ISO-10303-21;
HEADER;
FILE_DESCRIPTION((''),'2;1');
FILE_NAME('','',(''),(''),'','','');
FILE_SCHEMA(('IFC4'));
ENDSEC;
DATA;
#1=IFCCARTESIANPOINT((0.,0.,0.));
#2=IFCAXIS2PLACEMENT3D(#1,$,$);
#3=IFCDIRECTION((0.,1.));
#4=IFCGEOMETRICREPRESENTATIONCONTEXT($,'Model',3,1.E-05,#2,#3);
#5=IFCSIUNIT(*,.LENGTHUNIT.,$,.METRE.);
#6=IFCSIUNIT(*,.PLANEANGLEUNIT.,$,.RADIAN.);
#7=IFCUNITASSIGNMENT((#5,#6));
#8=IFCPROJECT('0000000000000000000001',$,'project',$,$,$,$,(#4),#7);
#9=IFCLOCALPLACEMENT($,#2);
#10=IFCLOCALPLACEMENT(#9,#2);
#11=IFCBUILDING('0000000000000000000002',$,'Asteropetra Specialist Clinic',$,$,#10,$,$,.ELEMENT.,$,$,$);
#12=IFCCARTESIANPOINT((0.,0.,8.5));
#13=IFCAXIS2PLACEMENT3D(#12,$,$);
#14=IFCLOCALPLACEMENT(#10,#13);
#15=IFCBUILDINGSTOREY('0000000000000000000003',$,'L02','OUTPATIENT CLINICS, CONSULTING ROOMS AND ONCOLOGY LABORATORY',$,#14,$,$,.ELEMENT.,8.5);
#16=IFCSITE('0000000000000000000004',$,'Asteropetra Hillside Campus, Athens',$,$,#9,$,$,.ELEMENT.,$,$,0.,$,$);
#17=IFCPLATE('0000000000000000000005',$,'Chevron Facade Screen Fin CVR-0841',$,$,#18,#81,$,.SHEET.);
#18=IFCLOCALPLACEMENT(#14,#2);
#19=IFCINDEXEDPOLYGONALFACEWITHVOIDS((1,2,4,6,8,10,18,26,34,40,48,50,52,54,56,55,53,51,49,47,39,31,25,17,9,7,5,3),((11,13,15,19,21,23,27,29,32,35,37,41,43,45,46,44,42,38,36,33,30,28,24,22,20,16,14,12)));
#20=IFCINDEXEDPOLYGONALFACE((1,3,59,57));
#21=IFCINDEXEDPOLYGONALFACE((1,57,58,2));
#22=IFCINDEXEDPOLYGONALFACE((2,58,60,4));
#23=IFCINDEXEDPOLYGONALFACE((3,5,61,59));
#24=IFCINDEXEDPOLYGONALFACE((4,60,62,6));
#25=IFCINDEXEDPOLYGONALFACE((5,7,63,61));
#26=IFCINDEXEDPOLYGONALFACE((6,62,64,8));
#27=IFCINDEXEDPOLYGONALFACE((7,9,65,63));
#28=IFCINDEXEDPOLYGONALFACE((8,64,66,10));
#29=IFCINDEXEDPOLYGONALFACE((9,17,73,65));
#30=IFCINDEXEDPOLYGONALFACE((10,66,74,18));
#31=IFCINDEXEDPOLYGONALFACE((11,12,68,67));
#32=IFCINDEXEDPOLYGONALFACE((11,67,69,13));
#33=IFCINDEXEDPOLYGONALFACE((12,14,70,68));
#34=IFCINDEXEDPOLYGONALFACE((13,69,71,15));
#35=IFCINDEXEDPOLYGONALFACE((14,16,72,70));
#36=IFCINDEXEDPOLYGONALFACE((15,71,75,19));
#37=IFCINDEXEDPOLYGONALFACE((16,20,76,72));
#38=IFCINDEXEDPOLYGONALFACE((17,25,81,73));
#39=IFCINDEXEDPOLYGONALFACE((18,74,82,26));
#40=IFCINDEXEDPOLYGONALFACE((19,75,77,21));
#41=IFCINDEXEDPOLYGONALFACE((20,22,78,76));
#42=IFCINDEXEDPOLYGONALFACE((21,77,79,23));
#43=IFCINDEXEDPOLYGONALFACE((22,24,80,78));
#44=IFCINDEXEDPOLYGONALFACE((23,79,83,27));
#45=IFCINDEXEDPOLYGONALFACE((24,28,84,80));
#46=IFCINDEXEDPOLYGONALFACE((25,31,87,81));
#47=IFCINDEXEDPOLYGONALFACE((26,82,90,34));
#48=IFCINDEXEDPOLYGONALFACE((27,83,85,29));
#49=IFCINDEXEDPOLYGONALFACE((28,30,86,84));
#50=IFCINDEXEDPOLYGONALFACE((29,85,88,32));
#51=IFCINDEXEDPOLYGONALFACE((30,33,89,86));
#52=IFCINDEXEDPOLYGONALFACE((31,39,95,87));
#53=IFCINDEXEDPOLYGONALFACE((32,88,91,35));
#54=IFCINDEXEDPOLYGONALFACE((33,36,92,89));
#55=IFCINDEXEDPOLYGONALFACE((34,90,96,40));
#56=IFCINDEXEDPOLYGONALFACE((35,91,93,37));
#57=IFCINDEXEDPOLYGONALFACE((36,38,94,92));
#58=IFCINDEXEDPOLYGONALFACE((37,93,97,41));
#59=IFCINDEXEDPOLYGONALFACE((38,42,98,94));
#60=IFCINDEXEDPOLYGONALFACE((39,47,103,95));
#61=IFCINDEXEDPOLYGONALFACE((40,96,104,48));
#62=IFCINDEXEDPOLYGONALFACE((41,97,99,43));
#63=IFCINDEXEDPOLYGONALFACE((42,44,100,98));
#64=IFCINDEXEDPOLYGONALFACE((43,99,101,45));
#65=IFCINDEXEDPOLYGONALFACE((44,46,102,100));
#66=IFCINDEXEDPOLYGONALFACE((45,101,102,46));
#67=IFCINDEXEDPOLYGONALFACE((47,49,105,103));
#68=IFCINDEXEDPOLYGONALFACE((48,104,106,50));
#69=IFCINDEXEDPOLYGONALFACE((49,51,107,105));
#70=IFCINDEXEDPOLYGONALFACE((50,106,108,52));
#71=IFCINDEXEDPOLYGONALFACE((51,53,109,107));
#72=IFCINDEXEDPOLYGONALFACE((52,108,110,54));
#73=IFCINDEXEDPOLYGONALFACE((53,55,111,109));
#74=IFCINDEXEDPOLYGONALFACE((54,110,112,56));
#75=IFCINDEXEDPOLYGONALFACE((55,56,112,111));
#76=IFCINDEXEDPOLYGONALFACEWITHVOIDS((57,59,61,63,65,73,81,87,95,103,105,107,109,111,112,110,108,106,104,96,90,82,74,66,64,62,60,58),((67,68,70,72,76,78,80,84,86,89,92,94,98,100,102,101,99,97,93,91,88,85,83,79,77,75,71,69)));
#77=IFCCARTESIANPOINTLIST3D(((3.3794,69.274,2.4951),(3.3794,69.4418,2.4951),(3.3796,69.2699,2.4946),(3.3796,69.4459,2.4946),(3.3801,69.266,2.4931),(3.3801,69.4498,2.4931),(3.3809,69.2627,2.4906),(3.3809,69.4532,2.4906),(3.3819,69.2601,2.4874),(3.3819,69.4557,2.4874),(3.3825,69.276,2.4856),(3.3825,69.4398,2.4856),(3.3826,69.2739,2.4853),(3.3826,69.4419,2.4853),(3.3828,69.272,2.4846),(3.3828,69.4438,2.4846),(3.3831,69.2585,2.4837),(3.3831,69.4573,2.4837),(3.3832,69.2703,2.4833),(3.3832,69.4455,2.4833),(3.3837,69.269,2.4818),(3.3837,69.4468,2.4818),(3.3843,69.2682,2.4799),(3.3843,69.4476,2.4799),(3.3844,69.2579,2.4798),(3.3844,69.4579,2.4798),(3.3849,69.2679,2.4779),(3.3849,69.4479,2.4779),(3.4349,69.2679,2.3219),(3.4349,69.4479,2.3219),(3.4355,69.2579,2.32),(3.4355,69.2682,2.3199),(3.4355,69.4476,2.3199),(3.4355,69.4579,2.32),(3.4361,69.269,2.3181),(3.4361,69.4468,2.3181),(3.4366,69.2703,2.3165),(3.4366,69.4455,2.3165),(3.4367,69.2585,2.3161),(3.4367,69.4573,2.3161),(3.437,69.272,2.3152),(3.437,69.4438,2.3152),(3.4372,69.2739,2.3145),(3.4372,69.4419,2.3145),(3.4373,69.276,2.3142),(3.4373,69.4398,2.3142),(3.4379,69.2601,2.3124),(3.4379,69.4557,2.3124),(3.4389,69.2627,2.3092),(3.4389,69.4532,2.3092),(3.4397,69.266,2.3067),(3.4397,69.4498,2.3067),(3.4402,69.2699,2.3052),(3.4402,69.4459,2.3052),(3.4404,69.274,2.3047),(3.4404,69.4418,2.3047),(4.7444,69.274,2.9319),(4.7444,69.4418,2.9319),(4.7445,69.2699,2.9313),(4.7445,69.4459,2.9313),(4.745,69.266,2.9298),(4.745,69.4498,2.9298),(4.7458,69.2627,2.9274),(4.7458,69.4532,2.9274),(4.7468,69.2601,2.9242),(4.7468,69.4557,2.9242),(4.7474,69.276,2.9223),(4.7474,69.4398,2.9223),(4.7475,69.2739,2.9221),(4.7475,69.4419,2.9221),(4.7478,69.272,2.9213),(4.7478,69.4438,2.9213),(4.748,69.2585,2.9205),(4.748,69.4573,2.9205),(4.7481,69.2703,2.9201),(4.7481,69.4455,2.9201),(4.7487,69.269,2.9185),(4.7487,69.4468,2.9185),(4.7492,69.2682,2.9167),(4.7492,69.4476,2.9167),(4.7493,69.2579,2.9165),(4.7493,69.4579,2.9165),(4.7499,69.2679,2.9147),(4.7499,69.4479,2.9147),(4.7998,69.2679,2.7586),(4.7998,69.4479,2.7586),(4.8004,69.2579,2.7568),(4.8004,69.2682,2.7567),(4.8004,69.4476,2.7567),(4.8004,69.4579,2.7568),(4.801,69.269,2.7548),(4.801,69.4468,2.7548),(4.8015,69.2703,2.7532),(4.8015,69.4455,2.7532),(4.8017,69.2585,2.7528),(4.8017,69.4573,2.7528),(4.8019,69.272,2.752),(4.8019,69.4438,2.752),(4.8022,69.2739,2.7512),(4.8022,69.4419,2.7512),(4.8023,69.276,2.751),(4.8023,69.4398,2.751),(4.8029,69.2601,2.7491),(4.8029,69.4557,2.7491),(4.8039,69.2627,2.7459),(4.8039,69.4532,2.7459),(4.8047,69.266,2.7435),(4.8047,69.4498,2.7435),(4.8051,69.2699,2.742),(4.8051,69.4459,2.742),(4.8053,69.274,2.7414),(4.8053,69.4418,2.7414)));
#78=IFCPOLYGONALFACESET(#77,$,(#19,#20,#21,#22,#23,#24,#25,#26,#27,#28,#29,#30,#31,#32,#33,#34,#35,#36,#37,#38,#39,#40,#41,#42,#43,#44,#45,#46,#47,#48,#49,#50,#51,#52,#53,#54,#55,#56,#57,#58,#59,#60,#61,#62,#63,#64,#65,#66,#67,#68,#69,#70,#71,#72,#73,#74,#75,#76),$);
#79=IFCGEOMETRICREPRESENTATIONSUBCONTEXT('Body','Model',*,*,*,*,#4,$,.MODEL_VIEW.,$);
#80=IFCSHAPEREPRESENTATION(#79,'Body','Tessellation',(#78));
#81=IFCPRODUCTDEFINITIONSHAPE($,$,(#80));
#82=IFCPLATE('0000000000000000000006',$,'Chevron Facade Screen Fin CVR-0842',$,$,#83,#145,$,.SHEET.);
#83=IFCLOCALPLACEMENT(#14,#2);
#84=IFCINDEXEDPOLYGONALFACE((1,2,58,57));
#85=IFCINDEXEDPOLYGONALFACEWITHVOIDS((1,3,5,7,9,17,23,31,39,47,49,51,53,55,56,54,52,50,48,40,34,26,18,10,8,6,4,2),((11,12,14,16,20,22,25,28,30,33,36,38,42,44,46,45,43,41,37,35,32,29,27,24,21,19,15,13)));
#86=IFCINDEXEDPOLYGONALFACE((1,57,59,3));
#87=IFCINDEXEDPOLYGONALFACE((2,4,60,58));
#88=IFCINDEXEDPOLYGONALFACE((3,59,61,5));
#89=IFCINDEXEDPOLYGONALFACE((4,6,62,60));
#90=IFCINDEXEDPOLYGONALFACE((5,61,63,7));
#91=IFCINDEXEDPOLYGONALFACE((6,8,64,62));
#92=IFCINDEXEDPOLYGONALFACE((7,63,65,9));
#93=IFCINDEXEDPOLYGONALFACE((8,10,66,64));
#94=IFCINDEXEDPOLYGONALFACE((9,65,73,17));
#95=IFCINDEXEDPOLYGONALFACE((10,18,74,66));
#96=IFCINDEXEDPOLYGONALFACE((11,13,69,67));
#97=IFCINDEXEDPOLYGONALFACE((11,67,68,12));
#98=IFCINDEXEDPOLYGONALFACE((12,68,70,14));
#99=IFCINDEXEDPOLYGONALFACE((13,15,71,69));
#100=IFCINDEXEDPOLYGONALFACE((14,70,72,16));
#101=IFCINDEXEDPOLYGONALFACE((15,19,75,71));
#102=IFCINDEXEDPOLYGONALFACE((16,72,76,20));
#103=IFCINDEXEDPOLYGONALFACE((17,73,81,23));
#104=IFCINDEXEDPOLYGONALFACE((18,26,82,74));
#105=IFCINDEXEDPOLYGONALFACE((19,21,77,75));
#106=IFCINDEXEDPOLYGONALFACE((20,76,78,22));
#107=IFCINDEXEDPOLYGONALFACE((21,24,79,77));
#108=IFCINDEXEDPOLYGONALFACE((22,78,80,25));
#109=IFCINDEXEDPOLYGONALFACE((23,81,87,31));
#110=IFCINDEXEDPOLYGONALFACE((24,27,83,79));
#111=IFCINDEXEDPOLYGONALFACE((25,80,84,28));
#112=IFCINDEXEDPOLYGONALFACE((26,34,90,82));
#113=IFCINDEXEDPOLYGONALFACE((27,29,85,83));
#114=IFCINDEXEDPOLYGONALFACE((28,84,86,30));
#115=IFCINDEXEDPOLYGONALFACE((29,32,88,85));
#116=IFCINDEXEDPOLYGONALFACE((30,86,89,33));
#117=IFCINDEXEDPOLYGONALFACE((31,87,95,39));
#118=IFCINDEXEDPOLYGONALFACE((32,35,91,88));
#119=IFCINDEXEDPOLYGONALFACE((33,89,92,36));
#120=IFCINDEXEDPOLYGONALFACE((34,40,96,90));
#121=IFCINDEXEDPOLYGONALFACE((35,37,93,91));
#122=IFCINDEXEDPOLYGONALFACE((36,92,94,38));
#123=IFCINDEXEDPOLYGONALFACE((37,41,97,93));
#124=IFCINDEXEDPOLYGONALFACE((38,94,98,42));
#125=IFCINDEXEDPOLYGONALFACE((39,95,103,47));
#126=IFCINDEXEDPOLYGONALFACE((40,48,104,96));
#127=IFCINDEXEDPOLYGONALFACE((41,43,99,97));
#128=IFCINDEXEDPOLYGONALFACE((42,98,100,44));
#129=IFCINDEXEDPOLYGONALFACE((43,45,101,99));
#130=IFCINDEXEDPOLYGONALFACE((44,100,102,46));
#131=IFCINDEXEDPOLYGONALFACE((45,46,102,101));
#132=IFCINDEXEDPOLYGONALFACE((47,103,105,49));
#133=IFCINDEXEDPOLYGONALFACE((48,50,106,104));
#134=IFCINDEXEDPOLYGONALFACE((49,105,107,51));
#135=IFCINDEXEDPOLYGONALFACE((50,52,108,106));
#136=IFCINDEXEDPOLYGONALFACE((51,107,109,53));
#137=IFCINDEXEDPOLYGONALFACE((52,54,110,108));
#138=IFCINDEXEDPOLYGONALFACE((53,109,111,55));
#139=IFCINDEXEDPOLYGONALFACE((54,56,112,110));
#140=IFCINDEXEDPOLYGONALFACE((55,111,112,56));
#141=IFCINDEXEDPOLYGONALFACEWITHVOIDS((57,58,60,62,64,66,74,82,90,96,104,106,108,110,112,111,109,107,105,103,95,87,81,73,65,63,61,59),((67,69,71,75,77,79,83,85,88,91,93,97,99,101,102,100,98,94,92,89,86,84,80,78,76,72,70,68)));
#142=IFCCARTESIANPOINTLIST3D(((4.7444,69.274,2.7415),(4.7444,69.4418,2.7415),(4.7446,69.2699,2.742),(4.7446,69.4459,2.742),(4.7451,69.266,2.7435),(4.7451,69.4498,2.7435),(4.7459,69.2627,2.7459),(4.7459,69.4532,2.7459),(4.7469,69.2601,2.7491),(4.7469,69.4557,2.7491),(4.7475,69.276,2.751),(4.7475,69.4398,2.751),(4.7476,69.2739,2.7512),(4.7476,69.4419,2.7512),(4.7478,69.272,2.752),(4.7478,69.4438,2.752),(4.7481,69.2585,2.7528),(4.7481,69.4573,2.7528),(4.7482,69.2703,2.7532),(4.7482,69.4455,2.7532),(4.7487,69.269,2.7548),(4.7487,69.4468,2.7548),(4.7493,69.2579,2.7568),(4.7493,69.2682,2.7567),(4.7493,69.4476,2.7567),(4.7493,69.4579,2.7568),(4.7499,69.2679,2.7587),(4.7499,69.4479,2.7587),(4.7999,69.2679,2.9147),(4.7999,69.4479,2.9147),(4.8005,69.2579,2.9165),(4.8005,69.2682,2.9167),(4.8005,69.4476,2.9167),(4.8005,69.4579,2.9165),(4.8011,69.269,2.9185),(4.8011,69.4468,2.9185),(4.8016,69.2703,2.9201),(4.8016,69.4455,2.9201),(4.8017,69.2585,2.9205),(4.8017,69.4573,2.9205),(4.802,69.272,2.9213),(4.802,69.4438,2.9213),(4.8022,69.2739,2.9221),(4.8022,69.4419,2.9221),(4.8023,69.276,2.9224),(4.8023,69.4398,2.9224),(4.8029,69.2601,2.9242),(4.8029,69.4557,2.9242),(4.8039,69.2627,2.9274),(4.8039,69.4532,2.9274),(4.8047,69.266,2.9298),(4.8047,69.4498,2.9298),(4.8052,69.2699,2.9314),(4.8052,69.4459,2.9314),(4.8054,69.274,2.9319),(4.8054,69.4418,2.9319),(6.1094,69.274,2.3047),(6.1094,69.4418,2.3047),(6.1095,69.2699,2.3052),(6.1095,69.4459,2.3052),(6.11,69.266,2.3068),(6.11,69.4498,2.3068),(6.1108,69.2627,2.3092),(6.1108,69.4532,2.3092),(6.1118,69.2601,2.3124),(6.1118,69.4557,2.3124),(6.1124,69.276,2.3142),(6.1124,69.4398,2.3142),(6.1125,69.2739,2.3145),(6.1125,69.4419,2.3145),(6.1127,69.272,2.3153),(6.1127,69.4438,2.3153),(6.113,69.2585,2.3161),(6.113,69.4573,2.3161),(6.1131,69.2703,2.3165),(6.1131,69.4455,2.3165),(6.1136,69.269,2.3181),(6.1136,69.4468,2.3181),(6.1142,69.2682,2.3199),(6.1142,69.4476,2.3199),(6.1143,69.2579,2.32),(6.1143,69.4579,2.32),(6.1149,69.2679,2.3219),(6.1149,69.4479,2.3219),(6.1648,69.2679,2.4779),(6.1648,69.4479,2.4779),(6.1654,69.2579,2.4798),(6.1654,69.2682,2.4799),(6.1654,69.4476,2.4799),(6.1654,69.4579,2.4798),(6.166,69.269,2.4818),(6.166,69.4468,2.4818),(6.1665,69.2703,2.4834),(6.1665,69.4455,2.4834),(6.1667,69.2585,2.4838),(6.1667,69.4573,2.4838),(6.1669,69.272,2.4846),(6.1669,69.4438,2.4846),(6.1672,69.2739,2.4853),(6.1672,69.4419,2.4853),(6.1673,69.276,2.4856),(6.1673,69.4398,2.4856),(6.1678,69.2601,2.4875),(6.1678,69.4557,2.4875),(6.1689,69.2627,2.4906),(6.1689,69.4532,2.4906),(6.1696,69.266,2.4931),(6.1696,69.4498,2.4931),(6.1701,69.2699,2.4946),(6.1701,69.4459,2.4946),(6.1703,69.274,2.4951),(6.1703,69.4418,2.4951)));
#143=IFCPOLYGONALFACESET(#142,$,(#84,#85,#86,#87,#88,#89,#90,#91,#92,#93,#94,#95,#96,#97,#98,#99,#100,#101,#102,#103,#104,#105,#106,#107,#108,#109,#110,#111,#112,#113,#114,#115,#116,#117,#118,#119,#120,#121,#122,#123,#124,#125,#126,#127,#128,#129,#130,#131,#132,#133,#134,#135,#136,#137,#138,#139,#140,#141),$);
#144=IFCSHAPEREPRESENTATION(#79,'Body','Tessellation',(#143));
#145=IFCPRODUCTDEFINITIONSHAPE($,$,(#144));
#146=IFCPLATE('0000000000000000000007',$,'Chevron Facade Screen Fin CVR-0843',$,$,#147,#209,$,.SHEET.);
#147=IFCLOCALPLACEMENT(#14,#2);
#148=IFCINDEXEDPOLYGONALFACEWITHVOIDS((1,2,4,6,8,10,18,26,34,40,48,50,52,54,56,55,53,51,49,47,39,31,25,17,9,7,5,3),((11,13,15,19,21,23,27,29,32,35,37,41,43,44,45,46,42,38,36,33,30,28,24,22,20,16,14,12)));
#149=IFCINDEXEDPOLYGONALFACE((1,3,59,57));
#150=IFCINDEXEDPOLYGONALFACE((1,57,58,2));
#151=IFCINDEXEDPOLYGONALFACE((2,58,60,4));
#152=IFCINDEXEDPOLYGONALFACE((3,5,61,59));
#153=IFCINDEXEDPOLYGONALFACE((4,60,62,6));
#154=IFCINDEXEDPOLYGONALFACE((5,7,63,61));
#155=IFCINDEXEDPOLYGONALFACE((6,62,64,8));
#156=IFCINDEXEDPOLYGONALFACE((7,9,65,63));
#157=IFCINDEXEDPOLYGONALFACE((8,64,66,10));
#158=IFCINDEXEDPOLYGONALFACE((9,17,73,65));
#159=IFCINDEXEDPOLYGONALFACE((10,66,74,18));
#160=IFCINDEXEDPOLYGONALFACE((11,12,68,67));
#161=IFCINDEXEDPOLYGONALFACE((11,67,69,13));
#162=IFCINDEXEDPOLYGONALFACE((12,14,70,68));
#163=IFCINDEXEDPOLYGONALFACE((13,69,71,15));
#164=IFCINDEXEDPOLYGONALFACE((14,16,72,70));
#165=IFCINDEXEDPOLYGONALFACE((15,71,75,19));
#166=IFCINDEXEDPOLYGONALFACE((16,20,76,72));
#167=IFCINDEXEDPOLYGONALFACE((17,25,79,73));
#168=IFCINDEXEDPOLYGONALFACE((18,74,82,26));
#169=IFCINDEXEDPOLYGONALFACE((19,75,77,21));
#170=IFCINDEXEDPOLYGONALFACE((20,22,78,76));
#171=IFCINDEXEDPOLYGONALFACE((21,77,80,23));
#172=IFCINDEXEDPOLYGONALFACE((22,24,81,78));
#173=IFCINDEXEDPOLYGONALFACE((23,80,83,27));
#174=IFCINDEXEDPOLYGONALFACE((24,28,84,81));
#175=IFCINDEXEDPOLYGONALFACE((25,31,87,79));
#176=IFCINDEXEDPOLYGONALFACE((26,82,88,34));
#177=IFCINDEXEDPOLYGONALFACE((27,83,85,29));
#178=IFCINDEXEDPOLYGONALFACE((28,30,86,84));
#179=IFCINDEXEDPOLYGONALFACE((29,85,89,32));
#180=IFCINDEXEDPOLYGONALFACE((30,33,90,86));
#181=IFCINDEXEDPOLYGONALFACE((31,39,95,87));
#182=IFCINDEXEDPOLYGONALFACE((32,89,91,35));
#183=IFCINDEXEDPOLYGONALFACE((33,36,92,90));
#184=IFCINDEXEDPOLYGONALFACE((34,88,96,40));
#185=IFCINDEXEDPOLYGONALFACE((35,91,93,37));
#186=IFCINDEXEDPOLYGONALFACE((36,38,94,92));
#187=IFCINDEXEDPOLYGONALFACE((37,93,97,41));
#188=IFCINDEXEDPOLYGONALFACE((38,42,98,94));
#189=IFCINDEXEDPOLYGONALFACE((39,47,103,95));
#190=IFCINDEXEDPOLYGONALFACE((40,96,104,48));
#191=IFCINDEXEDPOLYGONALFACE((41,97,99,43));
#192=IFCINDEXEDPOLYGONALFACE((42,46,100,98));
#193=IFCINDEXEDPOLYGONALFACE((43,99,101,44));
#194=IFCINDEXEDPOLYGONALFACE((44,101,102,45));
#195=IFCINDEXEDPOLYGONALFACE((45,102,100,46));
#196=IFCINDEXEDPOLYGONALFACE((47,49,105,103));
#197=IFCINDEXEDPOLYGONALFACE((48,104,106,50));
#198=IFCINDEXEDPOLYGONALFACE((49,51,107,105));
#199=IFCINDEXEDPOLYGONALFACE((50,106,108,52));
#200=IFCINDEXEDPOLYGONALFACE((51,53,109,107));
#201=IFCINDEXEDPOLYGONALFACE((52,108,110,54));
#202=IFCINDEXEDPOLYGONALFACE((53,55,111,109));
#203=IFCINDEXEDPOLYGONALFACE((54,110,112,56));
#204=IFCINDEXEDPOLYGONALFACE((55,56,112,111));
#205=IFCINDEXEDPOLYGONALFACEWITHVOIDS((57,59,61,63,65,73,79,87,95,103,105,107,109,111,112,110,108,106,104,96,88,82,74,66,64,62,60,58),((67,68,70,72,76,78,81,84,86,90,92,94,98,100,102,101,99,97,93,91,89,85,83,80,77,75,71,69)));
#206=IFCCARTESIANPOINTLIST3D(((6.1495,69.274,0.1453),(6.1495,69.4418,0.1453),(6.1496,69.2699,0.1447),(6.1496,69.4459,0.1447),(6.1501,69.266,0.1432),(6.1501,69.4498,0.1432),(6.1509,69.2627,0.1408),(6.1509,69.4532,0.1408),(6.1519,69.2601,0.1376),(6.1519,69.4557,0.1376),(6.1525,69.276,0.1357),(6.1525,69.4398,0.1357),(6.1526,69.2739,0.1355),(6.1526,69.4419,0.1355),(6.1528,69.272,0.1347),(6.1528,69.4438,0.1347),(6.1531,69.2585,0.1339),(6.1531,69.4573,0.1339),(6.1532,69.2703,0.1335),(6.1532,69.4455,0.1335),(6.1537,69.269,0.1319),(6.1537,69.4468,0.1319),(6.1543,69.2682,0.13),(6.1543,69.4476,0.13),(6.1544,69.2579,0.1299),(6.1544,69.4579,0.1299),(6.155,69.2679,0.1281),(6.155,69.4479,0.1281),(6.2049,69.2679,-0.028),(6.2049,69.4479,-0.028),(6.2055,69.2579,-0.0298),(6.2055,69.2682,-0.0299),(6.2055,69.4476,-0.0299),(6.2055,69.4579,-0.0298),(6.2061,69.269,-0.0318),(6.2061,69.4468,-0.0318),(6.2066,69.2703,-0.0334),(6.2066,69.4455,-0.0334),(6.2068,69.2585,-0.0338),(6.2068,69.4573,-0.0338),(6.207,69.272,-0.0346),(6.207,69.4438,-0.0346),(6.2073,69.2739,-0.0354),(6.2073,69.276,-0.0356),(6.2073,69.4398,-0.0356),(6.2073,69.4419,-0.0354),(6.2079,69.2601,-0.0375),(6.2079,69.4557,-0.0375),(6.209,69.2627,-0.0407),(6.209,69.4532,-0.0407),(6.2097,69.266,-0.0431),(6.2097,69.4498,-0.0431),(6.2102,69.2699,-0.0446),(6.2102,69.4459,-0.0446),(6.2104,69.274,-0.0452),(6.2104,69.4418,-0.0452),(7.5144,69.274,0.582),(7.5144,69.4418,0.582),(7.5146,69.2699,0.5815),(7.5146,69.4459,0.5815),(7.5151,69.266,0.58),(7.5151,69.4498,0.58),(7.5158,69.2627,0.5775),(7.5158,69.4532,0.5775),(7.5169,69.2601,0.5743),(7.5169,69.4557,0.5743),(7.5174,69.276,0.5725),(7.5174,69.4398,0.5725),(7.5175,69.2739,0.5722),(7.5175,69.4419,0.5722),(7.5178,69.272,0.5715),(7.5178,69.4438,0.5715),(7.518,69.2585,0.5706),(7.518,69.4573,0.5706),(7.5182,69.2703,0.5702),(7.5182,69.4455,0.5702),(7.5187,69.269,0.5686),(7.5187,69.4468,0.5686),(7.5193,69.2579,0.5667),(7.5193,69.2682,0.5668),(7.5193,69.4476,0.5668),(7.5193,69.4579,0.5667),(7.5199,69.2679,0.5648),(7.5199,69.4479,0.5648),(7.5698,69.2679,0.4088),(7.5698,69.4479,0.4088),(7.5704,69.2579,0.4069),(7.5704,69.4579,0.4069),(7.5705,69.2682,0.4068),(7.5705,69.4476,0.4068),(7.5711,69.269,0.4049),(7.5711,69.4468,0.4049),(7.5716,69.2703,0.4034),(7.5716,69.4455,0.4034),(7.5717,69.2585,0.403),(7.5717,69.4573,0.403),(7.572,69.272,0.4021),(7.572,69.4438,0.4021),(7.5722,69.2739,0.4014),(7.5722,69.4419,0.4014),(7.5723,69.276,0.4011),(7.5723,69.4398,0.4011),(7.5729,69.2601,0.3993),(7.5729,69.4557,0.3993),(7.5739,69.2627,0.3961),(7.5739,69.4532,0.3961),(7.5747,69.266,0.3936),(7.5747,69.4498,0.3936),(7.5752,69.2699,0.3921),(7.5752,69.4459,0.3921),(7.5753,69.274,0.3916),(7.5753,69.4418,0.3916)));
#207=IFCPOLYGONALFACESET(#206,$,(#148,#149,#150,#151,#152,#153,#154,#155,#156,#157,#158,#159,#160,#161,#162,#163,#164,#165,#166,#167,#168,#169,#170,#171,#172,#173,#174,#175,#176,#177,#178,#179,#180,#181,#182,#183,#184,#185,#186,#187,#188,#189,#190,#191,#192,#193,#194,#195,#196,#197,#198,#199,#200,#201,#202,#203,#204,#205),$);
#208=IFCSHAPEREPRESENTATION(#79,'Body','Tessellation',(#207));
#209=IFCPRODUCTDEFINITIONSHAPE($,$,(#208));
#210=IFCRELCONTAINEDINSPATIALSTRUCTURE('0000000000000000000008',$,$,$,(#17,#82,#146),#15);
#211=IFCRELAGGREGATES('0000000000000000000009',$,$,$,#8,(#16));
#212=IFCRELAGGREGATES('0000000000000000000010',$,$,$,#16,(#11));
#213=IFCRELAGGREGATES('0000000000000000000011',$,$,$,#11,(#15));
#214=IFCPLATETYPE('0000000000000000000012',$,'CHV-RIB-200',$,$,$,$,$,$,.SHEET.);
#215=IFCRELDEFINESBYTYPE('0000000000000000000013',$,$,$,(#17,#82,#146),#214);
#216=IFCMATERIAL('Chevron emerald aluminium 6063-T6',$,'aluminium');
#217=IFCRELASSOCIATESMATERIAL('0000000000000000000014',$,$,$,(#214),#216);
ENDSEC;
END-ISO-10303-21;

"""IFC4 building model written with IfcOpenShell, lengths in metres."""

from ifc_helpers import new_model, si_unit, direction, frame, origin, origin_2d, place, context, subcontext, project, spatial, hollow_rectangle, extrude, material, material_profile, profile_set, type_object, element, save


model = new_model("IFC4")

# Units and contexts
model_context = context("Model", 3, precision=1e-05, world=origin(), true_north=direction((0.0, 1.0)))
body_context = subcontext(model_context, "Body", "Model", "MODEL_VIEW")
ifc_project = project(units=[si_unit("LENGTHUNIT", "METRE"), si_unit("PLANEANGLEUNIT", "RADIAN")], contexts=[model_context])

# Site, building, storey
site_placement = place(None, origin())
site = spatial("IfcSite", under=ifc_project, at=site_placement, Name="Asteropetra Hillside Campus, Athens", CompositionType="ELEMENT", RefElevation=0.0)
building_placement = place(site_placement, origin())
building = spatial("IfcBuilding", under=site, at=building_placement, Name="Asteropetra Specialist Clinic", CompositionType="ELEMENT")
storey_placement = place(building_placement, frame((0.0, 0.0, 8.5)))
storey = spatial("IfcBuildingStorey", under=building, at=storey_placement, Name="L02", Description="OUTPATIENT CLINICS, CONSULTING ROOMS AND ONCOLOGY LABORATORY", CompositionType="ELEMENT", Elevation=8.5)

# Plates
ifc_material_1 = material(Name="Chevron emerald aluminium 6063-T6", Category="aluminium")
ifc_material_profile_1 = material_profile(ifc_material_1, hollow_rectangle(XDim=0.2, YDim=0.2, WallThickness=0.01, InnerFilletRadius=0.0081, OuterFilletRadius=0.0161, at=origin_2d()), Name="SHS 200x200x10.0")
ifc_profile_set_1 = profile_set([ifc_material_profile_1], Name="Chevron emerald aluminium 6063-T6")
plate_type_1 = type_object("IfcPlateType", Name="CHV-RIB-200", PredefinedType="SHEET", material=ifc_profile_set_1)
for number, where, z_axis, x_axis, name in (
    (1, (3.4099, 69.3579, 2.3999), (0.95243, 0.0, 0.304757), (0.0, 1.0, 0.0), "Chevron Facade Screen Fin CVR-0841"),
    (2, (4.7749, 69.3579, 2.8367), (0.95243, 0.0, -0.304757), (0.0, 1.0, 0.0), "Chevron Facade Screen Fin CVR-0842"),
    (3, (6.1799, 69.3579, 0.05), (0.95243, 0.0, 0.304757), (0.0, 1.0, 0.0), "Chevron Facade Screen Fin CVR-0843"),
):
    element("IfcPlate", number, at=place(storey_placement, frame(where, z_axis=z_axis, x_axis=x_axis)), inside=storey, type_object=plate_type_1, Name=name, PredefinedType="SHEET", context=body_context, shape_type="SweptSolid", body=[
        extrude(hollow_rectangle(XDim=0.2, YDim=0.2, WallThickness=0.01, InnerFilletRadius=0.0081, OuterFilletRadius=0.0161, at=origin_2d()), origin(), (0.0, 0.0, 1.0), 1.4331),
    ])

save(model, "model.ifc")
